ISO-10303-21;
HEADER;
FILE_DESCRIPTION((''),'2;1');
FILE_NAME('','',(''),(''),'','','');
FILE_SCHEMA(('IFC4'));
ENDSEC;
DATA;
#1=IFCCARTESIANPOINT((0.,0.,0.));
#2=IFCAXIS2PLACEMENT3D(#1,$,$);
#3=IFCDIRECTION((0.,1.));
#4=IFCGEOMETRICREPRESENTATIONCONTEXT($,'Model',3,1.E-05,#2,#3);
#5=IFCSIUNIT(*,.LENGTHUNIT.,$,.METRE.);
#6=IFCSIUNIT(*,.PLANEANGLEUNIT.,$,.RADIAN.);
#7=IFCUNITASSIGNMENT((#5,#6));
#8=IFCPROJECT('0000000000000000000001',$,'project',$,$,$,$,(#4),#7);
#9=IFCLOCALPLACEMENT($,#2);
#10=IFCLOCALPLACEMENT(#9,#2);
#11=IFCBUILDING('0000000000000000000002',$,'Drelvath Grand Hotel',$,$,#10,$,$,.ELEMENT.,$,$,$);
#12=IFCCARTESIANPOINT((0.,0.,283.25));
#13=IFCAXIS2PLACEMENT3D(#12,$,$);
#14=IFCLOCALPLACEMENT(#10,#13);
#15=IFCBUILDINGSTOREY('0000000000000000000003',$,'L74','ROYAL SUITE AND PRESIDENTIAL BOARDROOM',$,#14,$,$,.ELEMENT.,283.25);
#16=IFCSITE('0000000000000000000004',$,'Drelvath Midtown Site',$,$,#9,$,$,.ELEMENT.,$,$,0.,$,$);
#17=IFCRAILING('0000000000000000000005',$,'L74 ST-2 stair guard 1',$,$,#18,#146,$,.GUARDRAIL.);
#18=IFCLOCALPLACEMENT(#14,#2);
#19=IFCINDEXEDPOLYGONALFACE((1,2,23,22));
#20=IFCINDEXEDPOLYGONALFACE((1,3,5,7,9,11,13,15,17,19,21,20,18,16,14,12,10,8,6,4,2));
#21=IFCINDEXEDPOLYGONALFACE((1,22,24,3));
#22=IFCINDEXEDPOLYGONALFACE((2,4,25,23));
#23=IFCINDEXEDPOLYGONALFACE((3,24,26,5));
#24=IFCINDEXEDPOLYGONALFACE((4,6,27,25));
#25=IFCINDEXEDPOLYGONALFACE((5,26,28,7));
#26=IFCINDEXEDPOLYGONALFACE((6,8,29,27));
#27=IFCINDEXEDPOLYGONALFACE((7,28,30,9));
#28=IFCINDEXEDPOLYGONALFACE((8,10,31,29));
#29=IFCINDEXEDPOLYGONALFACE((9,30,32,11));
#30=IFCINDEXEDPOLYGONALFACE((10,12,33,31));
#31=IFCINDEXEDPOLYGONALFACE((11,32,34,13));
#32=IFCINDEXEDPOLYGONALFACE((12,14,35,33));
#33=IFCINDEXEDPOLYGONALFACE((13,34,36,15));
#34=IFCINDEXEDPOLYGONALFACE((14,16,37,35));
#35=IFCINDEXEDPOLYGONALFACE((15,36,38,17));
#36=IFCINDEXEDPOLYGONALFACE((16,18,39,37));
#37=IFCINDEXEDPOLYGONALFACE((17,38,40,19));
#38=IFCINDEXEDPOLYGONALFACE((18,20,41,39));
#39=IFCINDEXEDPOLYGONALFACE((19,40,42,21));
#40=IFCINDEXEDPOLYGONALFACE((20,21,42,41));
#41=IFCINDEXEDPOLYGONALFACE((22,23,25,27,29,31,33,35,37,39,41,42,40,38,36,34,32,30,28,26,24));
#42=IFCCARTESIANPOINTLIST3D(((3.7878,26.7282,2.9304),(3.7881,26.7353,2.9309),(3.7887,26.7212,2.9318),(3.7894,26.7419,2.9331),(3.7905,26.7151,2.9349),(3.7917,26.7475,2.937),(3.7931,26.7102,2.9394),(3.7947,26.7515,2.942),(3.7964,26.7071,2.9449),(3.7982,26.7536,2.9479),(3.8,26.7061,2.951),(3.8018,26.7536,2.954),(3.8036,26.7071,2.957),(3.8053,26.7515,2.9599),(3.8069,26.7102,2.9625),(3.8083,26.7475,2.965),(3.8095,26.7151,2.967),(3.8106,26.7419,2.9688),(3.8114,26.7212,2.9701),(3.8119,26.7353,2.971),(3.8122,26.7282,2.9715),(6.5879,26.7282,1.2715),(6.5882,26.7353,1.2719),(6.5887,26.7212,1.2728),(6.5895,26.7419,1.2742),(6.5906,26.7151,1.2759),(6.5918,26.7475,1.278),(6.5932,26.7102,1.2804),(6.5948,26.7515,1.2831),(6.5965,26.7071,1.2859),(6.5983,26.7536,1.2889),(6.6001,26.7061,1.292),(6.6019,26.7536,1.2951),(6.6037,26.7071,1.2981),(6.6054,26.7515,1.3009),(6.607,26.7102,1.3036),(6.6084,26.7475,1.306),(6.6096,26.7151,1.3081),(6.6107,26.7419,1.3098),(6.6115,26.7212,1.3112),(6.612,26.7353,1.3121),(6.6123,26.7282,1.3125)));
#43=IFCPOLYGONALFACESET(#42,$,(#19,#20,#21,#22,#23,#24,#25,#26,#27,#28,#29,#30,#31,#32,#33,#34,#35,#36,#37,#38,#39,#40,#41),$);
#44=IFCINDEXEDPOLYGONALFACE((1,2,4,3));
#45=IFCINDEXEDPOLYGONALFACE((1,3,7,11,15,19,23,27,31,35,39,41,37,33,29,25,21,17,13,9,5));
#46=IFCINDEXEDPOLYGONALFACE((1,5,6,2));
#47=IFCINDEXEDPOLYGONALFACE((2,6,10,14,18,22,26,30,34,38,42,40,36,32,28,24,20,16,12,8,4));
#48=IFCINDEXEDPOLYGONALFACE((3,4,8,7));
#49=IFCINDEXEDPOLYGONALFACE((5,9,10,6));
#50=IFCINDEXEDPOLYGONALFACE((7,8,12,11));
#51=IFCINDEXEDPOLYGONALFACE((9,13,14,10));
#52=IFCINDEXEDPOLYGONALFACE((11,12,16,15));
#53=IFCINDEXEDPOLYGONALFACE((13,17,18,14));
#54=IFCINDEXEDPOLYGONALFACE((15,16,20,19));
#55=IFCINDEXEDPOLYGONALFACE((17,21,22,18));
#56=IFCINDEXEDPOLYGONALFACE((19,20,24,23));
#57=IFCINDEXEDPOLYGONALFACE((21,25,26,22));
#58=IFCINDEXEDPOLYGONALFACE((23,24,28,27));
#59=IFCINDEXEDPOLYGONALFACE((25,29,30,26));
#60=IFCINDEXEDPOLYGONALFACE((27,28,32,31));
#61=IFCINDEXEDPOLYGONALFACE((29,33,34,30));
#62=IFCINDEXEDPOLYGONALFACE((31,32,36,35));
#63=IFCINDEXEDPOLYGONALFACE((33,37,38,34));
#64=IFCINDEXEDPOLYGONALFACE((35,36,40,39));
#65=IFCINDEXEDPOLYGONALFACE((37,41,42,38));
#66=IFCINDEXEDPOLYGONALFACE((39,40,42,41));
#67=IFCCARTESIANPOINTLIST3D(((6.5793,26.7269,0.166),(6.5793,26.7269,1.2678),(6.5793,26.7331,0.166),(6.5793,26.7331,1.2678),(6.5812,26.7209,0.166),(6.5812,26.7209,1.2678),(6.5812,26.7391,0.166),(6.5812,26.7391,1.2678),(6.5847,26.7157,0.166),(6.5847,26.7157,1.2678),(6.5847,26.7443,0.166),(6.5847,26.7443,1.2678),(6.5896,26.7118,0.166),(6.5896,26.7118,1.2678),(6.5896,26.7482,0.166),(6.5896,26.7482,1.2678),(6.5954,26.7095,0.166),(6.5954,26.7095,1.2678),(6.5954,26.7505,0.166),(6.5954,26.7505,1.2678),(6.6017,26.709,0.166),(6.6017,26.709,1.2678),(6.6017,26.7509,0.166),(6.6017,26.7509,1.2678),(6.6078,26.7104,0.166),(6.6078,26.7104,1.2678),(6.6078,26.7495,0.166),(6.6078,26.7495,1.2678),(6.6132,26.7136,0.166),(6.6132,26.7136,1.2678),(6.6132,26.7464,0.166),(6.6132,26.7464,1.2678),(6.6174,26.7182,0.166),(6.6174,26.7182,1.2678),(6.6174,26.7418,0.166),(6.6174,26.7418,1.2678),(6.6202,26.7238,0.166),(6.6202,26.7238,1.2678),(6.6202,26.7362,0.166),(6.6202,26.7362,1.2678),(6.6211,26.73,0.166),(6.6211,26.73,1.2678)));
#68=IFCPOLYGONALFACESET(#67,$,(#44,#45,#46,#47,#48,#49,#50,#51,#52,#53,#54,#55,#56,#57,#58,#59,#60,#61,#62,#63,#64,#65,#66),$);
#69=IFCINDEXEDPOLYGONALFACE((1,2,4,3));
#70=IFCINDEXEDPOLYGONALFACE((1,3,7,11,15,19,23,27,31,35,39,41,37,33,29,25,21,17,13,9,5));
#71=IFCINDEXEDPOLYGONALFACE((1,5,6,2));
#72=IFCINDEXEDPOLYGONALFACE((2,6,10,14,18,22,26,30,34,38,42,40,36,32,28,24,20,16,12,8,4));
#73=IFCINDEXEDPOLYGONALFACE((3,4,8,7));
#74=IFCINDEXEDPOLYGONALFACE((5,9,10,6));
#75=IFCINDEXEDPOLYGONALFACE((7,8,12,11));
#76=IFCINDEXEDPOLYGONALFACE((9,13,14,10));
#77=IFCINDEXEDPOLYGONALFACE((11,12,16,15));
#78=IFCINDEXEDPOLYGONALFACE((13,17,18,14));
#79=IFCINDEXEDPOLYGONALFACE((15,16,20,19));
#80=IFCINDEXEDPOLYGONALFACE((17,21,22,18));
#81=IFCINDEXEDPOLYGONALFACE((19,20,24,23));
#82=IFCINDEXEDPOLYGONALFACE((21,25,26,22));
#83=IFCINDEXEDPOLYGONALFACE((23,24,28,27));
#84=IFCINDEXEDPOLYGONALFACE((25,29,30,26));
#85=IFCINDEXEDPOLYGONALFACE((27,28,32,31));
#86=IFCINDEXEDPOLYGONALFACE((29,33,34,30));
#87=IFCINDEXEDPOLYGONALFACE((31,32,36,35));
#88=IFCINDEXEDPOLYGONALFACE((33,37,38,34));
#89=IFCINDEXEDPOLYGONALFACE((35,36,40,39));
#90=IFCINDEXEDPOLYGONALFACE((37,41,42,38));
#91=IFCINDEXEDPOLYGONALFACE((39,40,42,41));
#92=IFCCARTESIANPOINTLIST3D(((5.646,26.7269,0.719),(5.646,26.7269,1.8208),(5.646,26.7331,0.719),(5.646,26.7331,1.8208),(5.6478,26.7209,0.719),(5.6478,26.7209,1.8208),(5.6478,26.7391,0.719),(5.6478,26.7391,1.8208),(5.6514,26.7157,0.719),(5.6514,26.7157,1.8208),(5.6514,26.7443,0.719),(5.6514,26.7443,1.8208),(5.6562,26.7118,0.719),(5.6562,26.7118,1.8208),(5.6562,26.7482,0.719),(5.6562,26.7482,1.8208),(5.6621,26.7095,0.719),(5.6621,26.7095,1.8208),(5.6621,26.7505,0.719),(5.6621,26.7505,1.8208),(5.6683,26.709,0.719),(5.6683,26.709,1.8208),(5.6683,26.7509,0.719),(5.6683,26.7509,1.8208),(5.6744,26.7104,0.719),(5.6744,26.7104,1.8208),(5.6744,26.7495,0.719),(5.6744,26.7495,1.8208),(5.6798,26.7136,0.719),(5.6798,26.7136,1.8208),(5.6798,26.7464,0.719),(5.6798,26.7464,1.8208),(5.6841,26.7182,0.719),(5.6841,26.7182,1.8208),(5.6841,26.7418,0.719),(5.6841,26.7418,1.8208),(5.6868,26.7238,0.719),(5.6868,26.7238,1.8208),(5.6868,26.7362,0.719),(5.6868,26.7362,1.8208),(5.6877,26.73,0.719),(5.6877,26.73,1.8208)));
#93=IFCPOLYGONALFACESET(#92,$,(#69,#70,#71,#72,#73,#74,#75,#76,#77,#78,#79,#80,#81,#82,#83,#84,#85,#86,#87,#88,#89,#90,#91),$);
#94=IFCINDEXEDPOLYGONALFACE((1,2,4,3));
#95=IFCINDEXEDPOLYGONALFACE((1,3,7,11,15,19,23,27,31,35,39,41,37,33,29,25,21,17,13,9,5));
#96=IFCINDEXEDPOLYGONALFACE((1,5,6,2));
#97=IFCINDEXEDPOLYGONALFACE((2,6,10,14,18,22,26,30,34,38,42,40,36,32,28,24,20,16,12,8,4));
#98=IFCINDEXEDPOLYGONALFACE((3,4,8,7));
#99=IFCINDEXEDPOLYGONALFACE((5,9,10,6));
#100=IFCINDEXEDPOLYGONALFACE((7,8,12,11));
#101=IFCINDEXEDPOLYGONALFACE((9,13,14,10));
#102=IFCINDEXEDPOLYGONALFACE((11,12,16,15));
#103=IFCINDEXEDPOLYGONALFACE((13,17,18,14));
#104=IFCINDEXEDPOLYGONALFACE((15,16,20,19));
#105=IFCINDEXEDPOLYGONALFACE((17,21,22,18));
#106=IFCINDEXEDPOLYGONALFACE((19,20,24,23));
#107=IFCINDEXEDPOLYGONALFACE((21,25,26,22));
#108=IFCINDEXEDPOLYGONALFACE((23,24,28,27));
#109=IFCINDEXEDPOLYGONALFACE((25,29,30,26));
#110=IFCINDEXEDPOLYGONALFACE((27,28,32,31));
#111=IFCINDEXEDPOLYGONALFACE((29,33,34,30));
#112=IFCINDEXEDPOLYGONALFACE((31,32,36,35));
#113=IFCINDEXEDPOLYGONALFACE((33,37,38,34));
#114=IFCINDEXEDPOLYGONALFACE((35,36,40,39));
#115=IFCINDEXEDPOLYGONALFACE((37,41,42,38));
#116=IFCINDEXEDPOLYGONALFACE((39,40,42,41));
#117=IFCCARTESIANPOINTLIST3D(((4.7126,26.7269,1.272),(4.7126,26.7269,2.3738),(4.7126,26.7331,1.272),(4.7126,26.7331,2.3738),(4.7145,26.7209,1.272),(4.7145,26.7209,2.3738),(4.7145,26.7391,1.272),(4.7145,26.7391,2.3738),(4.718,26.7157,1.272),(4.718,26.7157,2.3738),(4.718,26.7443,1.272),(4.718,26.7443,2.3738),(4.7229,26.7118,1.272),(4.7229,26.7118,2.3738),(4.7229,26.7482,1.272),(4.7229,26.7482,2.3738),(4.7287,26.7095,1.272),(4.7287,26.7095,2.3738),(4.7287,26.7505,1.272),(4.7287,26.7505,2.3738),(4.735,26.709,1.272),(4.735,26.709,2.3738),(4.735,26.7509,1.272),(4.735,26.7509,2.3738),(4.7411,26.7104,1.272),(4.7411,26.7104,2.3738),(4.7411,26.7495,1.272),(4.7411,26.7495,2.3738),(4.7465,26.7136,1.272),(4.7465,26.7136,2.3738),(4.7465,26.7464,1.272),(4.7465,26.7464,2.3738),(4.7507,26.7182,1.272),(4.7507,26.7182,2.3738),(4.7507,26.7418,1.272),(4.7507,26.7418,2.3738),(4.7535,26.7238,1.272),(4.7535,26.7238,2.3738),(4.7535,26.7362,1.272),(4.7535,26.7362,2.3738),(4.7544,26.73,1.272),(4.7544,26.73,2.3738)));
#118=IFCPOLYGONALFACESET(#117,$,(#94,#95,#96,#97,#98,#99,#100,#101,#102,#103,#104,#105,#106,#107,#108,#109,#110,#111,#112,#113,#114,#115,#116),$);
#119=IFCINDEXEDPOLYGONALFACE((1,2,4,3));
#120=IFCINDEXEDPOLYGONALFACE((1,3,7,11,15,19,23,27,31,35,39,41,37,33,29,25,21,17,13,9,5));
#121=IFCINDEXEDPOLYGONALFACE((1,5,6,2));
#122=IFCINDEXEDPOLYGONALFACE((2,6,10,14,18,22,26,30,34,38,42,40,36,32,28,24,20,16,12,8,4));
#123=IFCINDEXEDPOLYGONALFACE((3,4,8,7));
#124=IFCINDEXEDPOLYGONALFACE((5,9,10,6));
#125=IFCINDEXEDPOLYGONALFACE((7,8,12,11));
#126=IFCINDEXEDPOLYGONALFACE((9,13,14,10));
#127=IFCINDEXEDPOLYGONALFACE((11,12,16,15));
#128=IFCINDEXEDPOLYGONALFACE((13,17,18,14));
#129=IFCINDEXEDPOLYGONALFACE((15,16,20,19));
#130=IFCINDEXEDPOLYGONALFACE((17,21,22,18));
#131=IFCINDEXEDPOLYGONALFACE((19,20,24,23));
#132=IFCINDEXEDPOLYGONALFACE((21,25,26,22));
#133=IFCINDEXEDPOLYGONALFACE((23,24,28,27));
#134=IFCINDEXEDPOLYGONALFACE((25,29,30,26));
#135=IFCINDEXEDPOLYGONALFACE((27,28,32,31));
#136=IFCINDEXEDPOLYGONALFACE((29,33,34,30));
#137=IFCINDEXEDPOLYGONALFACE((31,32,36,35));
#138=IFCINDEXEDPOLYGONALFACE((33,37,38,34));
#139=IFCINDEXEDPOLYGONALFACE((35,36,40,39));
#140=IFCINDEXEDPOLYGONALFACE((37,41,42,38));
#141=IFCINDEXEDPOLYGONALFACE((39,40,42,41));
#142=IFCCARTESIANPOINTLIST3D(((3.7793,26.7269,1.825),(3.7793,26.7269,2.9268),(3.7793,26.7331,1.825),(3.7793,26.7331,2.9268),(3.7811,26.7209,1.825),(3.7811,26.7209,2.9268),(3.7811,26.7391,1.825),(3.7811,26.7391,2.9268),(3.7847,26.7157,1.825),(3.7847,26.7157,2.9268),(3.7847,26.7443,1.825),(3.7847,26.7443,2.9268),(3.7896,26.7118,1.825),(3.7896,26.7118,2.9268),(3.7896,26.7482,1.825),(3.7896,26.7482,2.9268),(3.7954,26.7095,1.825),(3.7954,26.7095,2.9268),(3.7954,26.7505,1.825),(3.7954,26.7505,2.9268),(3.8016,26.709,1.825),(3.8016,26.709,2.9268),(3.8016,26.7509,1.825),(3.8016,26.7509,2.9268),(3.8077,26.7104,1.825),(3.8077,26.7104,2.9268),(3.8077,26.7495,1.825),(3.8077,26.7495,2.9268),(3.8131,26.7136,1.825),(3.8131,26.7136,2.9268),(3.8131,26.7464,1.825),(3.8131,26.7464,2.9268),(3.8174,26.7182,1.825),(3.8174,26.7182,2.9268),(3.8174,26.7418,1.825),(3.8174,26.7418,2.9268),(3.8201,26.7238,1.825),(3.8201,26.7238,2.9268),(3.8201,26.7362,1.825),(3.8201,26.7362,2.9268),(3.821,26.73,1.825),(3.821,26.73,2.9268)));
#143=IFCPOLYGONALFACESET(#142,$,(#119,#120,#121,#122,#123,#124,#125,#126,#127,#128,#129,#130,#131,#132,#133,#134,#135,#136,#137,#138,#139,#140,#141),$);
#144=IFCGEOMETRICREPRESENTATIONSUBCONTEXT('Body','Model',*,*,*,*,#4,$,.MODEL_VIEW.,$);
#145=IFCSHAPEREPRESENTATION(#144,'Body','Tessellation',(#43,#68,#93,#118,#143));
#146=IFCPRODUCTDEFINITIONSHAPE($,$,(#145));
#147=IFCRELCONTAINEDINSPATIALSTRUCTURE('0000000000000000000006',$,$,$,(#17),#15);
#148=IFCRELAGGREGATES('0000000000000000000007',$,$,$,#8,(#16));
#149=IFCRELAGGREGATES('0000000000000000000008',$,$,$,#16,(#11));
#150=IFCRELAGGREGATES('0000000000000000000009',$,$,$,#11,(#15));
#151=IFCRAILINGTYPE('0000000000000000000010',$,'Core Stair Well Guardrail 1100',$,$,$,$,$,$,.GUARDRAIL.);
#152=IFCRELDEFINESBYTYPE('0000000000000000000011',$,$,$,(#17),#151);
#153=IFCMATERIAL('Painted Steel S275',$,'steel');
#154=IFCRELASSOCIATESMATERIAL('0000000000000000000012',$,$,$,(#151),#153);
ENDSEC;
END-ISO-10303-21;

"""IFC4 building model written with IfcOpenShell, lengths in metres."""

from ifc_helpers import new_model, si_unit, direction, frame, origin, origin_2d, place, context, subcontext, project, spatial, circle, extrude, material, type_object, element, save


model = new_model("IFC4")

# Units and contexts
model_context = context("Model", 3, precision=1e-05, world=origin(), true_north=direction((0.0, 1.0)))
body_context = subcontext(model_context, "Body", "Model", "MODEL_VIEW")
ifc_project = project(units=[si_unit("LENGTHUNIT", "METRE"), si_unit("PLANEANGLEUNIT", "RADIAN")], contexts=[model_context])

# Site, building, storey
site_placement = place(None, origin())
site = spatial("IfcSite", under=ifc_project, at=site_placement, Name="Drelvath Midtown Site", CompositionType="ELEMENT", RefElevation=0.0)
building_placement = place(site_placement, origin())
building = spatial("IfcBuilding", under=site, at=building_placement, Name="Drelvath Grand Hotel", CompositionType="ELEMENT")
storey_placement = place(building_placement, frame((0.0, 0.0, 283.25)))
storey = spatial("IfcBuildingStorey", under=building, at=storey_placement, Name="L74", Description="ROYAL SUITE AND PRESIDENTIAL BOARDROOM", CompositionType="ELEMENT", Elevation=283.25)

# Shared definitions
ifc_material_1 = material(Name="Painted Steel S275", Category="steel")

# Railing
railing_type_1 = type_object("IfcRailingType", Name="Core Stair Well Guardrail 1100", PredefinedType="GUARDRAIL", material=ifc_material_1)
railing_1_placement = place(storey_placement, frame((6.6001, 26.73, 0.166)))
element("IfcRailing", 1, at=railing_1_placement, inside=storey, type_object=railing_type_1, Name="L74 ST-2 stair guard 1", PredefinedType="GUARDRAIL", context=body_context, shape_type="SweptSolid", body=[
    extrude(circle(Radius=0.0239, at=origin_2d()), frame((0.0, 0.0, 1.126), z_axis=(-0.860339, 0.0, 0.509722), x_axis=(0.0, -1.0, 0.0)), (0.0, 0.0, 1.0), 3.2546),
    extrude(circle(Radius=0.021, at=origin_2d()), origin(), (0.0, 0.0, 1.0), 1.1018),
    extrude(circle(Radius=0.021, at=origin_2d()), frame((-0.9333, 0.0, 0.553)), (0.0, 0.0, 1.0), 1.1018),
    extrude(circle(Radius=0.021, at=origin_2d()), frame((-1.8667, 0.0, 1.106)), (0.0, 0.0, 1.0), 1.1018),
    extrude(circle(Radius=0.021, at=origin_2d()), frame((-2.8, 0.0, 1.6589)), (0.0, 0.0, 1.0), 1.1018),
])

save(model, "model.ifc")
